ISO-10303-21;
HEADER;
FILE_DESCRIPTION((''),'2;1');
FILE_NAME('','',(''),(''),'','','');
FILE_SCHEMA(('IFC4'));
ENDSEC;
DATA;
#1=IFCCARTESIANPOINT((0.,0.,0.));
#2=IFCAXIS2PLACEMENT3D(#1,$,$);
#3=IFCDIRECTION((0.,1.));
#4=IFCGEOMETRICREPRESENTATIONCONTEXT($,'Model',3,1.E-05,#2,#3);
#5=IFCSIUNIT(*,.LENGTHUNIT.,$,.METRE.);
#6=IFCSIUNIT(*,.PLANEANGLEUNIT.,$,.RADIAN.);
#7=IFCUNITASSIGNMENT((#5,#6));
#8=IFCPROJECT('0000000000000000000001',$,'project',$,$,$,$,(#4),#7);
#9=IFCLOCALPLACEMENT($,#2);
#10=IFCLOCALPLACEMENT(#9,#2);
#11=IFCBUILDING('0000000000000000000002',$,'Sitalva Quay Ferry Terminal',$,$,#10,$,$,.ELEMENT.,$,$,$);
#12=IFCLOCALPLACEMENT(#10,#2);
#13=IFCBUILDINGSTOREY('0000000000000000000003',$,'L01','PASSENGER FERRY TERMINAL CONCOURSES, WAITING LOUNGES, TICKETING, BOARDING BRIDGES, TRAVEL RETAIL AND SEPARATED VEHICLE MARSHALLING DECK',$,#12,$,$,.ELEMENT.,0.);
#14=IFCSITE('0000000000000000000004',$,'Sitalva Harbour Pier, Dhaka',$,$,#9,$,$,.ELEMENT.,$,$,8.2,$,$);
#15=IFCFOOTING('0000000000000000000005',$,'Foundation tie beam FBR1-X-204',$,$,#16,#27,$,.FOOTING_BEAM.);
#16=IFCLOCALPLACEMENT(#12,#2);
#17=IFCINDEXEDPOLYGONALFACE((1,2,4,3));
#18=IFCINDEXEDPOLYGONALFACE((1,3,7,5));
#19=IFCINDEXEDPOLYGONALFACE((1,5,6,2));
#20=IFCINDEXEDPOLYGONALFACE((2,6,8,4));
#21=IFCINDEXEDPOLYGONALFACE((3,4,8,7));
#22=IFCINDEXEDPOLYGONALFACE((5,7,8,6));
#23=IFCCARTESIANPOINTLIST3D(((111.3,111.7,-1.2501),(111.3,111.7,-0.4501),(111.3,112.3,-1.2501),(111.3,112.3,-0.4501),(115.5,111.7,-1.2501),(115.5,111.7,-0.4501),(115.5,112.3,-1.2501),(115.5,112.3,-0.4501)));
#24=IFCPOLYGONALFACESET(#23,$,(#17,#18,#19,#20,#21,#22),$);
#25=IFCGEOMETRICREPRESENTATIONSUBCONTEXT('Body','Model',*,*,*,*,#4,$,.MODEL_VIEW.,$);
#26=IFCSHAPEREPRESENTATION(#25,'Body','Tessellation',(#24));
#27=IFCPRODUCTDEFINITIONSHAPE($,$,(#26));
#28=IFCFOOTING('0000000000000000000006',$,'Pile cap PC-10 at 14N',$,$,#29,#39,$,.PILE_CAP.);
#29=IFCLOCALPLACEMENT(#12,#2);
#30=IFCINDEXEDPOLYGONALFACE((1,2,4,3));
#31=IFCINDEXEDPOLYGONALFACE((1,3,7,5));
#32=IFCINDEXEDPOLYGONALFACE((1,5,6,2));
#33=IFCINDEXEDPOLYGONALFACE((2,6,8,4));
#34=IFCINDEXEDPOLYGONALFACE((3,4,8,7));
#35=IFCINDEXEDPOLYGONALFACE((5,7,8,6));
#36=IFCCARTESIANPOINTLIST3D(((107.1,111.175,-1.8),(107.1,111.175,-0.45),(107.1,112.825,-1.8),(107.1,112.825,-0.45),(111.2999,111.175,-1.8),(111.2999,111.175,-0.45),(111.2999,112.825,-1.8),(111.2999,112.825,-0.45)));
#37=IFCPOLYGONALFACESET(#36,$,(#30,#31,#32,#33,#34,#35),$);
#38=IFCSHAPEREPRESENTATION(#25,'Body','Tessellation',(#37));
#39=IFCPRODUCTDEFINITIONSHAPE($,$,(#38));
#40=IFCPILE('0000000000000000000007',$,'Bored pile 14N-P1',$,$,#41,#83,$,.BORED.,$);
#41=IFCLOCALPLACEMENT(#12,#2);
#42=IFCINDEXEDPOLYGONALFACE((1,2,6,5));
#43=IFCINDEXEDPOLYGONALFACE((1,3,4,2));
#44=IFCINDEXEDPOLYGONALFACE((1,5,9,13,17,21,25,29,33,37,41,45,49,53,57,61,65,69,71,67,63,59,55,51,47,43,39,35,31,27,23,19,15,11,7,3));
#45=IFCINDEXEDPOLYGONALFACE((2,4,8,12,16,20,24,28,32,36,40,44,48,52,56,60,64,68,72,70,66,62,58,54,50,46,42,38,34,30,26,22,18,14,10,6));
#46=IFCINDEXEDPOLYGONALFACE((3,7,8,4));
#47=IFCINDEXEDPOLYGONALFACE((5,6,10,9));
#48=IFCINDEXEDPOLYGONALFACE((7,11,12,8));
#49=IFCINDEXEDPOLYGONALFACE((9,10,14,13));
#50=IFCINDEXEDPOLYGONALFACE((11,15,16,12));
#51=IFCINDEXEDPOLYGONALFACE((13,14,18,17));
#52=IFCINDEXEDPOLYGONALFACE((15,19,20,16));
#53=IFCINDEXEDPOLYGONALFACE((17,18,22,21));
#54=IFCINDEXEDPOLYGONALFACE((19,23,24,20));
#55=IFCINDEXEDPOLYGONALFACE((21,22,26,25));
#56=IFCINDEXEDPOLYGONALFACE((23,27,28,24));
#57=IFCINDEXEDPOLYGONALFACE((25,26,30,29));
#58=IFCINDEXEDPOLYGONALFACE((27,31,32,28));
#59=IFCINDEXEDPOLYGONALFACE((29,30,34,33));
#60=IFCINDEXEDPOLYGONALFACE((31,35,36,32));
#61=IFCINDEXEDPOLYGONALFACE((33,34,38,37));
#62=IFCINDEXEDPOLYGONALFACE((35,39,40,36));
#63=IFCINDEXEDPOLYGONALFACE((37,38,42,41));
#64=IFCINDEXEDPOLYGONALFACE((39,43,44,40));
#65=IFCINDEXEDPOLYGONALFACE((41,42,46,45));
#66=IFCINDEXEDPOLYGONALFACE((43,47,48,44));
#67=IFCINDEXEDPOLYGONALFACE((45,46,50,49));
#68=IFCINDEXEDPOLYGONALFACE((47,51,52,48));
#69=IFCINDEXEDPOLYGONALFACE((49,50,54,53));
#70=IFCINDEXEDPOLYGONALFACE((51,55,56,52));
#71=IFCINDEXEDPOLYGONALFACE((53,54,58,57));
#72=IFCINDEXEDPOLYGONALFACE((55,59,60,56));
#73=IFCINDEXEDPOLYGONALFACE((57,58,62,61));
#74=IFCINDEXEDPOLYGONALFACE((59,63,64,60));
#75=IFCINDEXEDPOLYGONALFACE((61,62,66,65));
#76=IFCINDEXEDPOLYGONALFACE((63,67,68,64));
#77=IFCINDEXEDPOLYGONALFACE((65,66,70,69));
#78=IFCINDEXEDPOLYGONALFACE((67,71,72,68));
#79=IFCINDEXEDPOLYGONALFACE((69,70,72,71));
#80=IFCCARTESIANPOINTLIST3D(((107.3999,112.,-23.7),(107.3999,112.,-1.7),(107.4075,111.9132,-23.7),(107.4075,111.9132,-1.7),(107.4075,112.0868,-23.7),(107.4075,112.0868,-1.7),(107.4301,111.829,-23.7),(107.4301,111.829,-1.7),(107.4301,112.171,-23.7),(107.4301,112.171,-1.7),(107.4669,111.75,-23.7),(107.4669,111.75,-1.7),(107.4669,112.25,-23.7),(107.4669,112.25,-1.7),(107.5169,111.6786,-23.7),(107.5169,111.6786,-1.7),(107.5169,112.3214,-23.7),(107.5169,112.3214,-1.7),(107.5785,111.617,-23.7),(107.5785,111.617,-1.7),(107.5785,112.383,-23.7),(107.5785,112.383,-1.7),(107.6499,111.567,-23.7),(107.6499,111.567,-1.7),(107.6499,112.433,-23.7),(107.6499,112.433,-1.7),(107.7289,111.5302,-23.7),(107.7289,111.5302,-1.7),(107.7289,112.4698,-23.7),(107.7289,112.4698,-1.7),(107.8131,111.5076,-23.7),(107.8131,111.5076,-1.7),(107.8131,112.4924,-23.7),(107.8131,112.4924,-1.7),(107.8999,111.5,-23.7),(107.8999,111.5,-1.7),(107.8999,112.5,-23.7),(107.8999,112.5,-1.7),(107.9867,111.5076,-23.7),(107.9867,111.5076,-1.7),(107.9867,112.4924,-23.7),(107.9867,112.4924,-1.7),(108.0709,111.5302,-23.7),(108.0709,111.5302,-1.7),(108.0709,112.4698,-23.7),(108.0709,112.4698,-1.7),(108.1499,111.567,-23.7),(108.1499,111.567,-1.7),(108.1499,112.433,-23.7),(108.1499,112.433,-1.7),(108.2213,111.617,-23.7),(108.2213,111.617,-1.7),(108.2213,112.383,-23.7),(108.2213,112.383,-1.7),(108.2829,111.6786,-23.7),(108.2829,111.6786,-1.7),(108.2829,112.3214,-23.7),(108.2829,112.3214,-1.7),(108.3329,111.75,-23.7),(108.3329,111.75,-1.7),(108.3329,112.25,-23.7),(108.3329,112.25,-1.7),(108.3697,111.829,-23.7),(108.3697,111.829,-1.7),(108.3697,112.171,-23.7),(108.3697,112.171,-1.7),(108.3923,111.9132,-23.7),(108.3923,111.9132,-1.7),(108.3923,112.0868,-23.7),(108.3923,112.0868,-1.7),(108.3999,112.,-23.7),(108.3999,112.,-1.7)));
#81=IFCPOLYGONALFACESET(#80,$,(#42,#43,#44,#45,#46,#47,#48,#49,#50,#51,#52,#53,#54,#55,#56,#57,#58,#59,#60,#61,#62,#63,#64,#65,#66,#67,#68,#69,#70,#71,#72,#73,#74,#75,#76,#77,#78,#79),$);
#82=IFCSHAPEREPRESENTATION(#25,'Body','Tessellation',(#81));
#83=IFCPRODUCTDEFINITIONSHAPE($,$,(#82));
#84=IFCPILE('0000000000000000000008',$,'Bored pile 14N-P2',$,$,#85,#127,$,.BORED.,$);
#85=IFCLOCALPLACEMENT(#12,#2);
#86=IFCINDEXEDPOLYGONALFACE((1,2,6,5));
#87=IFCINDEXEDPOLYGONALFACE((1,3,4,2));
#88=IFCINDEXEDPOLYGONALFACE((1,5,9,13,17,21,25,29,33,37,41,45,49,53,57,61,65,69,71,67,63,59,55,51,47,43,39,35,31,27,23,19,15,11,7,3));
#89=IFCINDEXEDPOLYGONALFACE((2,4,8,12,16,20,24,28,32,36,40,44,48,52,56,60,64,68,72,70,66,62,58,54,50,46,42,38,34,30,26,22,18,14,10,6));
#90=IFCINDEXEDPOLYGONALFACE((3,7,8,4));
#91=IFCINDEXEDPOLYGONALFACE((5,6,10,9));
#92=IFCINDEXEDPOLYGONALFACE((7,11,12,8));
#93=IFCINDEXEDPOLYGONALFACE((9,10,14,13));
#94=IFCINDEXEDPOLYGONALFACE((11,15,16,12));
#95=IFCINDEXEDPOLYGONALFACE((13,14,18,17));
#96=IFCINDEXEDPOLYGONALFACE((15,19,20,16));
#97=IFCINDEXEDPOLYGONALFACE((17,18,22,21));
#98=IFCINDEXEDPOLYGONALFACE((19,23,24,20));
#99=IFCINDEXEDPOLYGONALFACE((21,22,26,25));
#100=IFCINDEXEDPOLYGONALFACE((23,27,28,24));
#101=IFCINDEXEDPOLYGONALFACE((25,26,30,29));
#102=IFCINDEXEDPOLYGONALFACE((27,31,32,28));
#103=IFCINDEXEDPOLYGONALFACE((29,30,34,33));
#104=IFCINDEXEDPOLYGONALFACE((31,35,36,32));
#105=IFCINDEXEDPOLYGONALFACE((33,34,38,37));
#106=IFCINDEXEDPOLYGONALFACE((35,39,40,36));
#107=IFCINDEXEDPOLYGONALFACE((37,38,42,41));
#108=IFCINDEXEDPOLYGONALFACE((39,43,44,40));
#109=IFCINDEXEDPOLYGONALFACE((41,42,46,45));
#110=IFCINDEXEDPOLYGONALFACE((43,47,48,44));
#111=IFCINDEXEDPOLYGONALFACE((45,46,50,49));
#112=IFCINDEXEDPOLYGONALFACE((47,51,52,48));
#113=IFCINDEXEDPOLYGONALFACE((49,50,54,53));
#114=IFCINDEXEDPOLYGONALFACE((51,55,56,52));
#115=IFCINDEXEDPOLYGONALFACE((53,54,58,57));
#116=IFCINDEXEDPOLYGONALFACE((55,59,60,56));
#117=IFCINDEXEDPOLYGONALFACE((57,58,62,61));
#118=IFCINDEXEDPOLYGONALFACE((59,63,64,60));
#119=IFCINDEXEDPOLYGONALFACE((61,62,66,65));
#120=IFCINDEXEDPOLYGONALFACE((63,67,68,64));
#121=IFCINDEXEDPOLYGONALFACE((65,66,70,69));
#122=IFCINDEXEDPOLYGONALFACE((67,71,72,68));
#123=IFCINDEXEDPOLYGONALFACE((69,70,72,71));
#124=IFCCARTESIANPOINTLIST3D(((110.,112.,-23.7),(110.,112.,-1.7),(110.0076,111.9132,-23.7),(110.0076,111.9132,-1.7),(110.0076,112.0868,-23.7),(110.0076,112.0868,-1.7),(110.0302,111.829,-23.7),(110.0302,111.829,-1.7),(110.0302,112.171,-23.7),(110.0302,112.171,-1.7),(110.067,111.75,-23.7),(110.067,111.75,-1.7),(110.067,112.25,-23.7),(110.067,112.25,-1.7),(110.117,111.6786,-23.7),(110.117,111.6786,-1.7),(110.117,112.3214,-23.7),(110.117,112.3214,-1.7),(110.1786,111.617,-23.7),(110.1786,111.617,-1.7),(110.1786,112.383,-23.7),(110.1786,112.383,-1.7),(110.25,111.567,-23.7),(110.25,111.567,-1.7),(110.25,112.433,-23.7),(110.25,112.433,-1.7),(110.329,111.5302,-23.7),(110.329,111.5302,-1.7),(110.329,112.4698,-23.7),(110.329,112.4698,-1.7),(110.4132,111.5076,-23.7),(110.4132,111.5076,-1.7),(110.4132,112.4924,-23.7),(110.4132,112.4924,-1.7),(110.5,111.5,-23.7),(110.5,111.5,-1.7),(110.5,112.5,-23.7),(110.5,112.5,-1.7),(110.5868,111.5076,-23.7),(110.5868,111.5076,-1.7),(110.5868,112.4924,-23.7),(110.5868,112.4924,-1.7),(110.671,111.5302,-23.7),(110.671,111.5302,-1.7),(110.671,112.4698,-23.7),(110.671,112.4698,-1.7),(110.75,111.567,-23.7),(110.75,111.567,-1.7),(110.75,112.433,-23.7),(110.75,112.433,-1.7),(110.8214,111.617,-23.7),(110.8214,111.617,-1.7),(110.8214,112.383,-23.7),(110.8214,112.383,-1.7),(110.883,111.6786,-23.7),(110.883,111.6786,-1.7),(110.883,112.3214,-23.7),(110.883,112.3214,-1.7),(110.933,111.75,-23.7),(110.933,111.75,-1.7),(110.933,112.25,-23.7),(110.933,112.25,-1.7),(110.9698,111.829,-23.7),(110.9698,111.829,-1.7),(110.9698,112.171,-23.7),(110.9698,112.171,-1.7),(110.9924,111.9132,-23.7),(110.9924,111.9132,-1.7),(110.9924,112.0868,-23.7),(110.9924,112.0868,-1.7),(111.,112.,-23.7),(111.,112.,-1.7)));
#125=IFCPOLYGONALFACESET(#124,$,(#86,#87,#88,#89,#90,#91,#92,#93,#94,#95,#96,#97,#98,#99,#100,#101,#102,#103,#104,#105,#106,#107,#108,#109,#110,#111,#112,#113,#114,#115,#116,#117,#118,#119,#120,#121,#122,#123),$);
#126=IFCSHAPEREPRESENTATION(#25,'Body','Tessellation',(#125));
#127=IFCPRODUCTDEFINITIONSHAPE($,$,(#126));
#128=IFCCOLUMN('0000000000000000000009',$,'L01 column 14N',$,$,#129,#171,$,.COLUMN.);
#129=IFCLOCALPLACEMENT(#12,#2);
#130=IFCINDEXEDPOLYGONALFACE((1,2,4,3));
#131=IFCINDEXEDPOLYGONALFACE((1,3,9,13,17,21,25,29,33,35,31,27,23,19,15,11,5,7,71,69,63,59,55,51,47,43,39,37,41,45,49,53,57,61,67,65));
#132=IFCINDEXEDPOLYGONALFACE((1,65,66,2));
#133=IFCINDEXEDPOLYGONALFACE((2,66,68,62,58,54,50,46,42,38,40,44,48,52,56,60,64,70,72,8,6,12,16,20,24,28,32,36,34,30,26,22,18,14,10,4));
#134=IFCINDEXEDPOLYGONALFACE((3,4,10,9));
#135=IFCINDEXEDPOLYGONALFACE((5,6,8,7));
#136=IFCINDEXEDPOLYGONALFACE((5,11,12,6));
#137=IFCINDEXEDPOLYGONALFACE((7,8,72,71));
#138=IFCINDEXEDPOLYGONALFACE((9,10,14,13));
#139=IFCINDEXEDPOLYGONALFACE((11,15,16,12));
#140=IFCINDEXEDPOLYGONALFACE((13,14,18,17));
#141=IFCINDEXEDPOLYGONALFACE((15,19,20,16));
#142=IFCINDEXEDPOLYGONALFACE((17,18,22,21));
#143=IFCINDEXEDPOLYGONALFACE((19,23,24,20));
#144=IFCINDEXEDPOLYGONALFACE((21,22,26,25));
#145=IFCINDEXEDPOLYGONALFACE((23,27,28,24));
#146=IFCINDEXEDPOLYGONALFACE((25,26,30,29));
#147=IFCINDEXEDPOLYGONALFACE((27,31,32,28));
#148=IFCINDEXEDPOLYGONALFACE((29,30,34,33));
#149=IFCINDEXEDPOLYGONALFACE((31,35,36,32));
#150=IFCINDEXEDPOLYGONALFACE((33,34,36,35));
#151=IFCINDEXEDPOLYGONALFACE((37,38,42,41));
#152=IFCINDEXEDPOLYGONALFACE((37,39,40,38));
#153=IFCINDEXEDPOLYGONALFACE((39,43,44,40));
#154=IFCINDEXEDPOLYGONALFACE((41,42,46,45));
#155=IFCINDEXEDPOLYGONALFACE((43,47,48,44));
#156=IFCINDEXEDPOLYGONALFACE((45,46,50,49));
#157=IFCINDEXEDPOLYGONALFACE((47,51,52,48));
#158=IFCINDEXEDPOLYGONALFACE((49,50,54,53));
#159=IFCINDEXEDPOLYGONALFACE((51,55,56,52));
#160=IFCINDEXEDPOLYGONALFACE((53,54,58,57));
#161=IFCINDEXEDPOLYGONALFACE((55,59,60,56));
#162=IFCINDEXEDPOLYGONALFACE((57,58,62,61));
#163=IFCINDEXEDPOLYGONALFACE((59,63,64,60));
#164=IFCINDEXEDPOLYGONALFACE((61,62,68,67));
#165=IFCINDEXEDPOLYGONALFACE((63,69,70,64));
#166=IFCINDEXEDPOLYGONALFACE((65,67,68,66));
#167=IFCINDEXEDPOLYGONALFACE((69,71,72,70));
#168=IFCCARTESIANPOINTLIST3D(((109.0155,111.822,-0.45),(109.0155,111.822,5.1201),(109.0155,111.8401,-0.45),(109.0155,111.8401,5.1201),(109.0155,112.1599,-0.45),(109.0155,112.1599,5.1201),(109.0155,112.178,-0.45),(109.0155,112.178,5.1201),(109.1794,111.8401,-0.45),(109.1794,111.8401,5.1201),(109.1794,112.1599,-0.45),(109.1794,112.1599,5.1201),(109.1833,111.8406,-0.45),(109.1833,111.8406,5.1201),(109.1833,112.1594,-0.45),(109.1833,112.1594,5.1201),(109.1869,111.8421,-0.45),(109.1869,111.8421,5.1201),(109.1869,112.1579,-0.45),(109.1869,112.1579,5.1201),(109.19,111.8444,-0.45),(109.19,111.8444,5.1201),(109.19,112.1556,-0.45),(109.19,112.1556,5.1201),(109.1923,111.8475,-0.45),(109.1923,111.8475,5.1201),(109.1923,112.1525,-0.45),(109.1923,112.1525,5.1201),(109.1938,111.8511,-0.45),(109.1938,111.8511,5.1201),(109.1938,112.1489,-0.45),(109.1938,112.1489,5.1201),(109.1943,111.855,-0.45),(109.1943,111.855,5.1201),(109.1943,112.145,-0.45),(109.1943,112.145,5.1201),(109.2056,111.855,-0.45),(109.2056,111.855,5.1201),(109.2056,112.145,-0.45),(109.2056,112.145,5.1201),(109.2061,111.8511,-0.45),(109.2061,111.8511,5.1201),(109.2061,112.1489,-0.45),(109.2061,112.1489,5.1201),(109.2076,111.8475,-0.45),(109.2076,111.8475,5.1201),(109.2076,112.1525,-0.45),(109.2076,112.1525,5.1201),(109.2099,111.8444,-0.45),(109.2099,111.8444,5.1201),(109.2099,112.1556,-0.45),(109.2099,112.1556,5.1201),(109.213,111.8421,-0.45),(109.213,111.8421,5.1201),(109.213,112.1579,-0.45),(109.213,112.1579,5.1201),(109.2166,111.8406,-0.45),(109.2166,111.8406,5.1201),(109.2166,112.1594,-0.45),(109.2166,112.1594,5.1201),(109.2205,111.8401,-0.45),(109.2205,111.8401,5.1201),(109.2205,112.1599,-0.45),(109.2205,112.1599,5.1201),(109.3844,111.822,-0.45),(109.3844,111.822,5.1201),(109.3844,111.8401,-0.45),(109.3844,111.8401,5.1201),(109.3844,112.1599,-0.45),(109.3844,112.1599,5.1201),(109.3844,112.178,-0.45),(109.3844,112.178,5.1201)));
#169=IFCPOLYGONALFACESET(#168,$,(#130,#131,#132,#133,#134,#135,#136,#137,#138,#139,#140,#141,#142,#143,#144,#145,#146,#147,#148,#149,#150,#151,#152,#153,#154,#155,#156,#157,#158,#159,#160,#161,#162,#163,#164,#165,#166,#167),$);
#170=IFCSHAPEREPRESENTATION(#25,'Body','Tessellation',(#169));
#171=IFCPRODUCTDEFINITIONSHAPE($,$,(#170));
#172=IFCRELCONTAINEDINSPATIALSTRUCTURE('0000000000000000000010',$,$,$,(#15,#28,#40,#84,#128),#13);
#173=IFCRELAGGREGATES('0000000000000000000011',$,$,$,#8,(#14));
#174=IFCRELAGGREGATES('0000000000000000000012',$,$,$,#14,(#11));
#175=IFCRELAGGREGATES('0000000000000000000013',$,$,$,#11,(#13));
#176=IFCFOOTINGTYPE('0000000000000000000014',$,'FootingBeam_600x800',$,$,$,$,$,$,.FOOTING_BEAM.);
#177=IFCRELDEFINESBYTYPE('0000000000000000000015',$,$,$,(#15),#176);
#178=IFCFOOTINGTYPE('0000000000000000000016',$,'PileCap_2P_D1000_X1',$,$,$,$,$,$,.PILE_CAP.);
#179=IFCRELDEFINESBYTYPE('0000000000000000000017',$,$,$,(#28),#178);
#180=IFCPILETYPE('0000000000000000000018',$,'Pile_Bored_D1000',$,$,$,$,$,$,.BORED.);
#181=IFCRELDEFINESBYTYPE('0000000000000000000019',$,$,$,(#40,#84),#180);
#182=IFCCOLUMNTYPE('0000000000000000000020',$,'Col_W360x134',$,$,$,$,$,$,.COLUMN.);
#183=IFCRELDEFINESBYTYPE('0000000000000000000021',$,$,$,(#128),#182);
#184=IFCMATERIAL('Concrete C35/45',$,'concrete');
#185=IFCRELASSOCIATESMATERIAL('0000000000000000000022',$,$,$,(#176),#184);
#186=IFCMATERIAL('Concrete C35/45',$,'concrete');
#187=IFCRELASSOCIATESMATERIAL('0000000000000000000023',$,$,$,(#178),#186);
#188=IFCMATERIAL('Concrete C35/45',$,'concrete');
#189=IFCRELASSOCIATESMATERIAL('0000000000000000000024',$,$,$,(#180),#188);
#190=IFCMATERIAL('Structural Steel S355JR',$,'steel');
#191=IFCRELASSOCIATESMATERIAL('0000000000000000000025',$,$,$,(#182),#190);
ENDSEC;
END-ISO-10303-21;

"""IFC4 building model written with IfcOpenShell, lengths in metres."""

from ifc_helpers import new_model, si_unit, direction, frame, origin, origin_2d, place, context, subcontext, project, spatial, rectangle, circle, i_section, extrude, material, material_profile, profile_set, type_object, element, save


model = new_model("IFC4")

# Units and contexts
model_context = context("Model", 3, precision=1e-05, world=origin(), true_north=direction((0.0, 1.0)))
body_context = subcontext(model_context, "Body", "Model", "MODEL_VIEW")
ifc_project = project(units=[si_unit("LENGTHUNIT", "METRE"), si_unit("PLANEANGLEUNIT", "RADIAN")], contexts=[model_context])

# Site, building, storey
site_placement = place(None, origin())
site = spatial("IfcSite", under=ifc_project, at=site_placement, Name="Sitalva Harbour Pier, Dhaka", CompositionType="ELEMENT", RefElevation=8.2)
building_placement = place(site_placement, origin())
building = spatial("IfcBuilding", under=site, at=building_placement, Name="Sitalva Quay Ferry Terminal", CompositionType="ELEMENT")
storey_placement = place(building_placement, origin())
storey = spatial("IfcBuildingStorey", under=building, at=storey_placement, Name="L01", Description="PASSENGER FERRY TERMINAL CONCOURSES, WAITING LOUNGES, TICKETING, BOARDING BRIDGES, TRAVEL RETAIL AND SEPARATED VEHICLE MARSHALLING DECK", CompositionType="ELEMENT", Elevation=0.0)

# Footings
ifc_material_1 = material(Name="Concrete C35/45", Category="concrete")
ifc_material_profile_1 = material_profile(ifc_material_1, rectangle(XDim=0.6001, YDim=0.8, at=origin_2d()), Name="RC600x800")
ifc_profile_set_1 = profile_set([ifc_material_profile_1], Name="Concrete C35/45")
footing_type_1 = type_object("IfcFootingType", Name="FootingBeam_600x800", PredefinedType="FOOTING_BEAM", material=ifc_profile_set_1)
footing_1_placement = place(storey_placement, frame((111.3, 112.0, -0.8501), z_axis=(1.0, 0.0, 0.0), x_axis=(0.0, 1.0, 0.0)))
element("IfcFooting", 1, at=footing_1_placement, inside=storey, type_object=footing_type_1, Name="Foundation tie beam FBR1-X-204", PredefinedType="FOOTING_BEAM", context=body_context, shape_type="SweptSolid", body=[
    extrude(rectangle(XDim=0.6001, YDim=0.8, at=origin_2d()), origin(), (0.0, 0.0, 1.0), 4.2),
])
ifc_material_2 = material(Name="Concrete C35/45", Category="concrete")
footing_type_2 = type_object("IfcFootingType", Name="PileCap_2P_D1000_X1", PredefinedType="PILE_CAP", material=ifc_material_2)
footing_2_placement = place(storey_placement, frame((109.2, 112.0, -1.8), z_axis=(0.0, 0.0, 1.0), x_axis=(1.0, 0.0, 0.0)))
element("IfcFooting", 2, at=footing_2_placement, inside=storey, type_object=footing_type_2, Name="Pile cap PC-10 at 14N", PredefinedType="PILE_CAP", context=body_context, shape_type="SweptSolid", body=[
    extrude(rectangle(XDim=4.2, YDim=1.6499, at=origin_2d()), origin(), (0.0, 0.0, 1.0), 1.3501),
])

# Piles
ifc_material_3 = material(Name="Concrete C35/45", Category="concrete")
ifc_material_profile_2 = material_profile(ifc_material_3, circle(Radius=0.5, at=origin_2d()), Name="PILE-D1000")
ifc_profile_set_2 = profile_set([ifc_material_profile_2], Name="Concrete C35/45")
pile_type = type_object("IfcPileType", Name="Pile_Bored_D1000", PredefinedType="BORED", material=ifc_profile_set_2)
for number, where, z_axis, x_axis, name in (
    (3, (107.8999, 112.0, -1.7), (0.0, 0.0, -1.0), (1.0, 0.0, 0.0), "Bored pile 14N-P1"),
    (4, (110.5, 112.0, -1.7), (0.0, 0.0, -1.0), (1.0, 0.0, 0.0), "Bored pile 14N-P2"),
):
    element("IfcPile", number, at=place(storey_placement, frame(where, z_axis=z_axis, x_axis=x_axis)), inside=storey, type_object=pile_type, Name=name, PredefinedType="BORED", context=body_context, shape_type="SweptSolid", body=[
        extrude(circle(Radius=0.5, at=origin_2d()), origin(), (0.0, 0.0, 1.0), 22.0),
    ])

# Column
ifc_material_4 = material(Name="Structural Steel S355JR", Category="steel")
ifc_material_profile_3 = material_profile(ifc_material_4, i_section(OverallWidth=0.3689, OverallDepth=0.356, WebThickness=0.0112, FlangeThickness=0.0181, FilletRadius=0.0149, at=origin_2d()), Name="W360x134")
ifc_profile_set_3 = profile_set([ifc_material_profile_3], Name="Structural Steel S355JR")
column_type = type_object("IfcColumnType", Name="Col_W360x134", PredefinedType="COLUMN", material=ifc_profile_set_3)
column_placement = place(storey_placement, frame((109.2, 112.0, -0.45), z_axis=(0.0, 0.0, 1.0), x_axis=(1.0, 0.0, 0.0)))
element("IfcColumn", 5, at=column_placement, inside=storey, type_object=column_type, Name="L01 column 14N", PredefinedType="COLUMN", context=body_context, shape_type="SweptSolid", body=[
    extrude(i_section(OverallWidth=0.3689, OverallDepth=0.356, WebThickness=0.0112, FlangeThickness=0.0181, FilletRadius=0.0149, at=origin_2d()), origin(), (0.0, 0.0, 1.0), 5.5701),
])

save(model, "model.ifc")
